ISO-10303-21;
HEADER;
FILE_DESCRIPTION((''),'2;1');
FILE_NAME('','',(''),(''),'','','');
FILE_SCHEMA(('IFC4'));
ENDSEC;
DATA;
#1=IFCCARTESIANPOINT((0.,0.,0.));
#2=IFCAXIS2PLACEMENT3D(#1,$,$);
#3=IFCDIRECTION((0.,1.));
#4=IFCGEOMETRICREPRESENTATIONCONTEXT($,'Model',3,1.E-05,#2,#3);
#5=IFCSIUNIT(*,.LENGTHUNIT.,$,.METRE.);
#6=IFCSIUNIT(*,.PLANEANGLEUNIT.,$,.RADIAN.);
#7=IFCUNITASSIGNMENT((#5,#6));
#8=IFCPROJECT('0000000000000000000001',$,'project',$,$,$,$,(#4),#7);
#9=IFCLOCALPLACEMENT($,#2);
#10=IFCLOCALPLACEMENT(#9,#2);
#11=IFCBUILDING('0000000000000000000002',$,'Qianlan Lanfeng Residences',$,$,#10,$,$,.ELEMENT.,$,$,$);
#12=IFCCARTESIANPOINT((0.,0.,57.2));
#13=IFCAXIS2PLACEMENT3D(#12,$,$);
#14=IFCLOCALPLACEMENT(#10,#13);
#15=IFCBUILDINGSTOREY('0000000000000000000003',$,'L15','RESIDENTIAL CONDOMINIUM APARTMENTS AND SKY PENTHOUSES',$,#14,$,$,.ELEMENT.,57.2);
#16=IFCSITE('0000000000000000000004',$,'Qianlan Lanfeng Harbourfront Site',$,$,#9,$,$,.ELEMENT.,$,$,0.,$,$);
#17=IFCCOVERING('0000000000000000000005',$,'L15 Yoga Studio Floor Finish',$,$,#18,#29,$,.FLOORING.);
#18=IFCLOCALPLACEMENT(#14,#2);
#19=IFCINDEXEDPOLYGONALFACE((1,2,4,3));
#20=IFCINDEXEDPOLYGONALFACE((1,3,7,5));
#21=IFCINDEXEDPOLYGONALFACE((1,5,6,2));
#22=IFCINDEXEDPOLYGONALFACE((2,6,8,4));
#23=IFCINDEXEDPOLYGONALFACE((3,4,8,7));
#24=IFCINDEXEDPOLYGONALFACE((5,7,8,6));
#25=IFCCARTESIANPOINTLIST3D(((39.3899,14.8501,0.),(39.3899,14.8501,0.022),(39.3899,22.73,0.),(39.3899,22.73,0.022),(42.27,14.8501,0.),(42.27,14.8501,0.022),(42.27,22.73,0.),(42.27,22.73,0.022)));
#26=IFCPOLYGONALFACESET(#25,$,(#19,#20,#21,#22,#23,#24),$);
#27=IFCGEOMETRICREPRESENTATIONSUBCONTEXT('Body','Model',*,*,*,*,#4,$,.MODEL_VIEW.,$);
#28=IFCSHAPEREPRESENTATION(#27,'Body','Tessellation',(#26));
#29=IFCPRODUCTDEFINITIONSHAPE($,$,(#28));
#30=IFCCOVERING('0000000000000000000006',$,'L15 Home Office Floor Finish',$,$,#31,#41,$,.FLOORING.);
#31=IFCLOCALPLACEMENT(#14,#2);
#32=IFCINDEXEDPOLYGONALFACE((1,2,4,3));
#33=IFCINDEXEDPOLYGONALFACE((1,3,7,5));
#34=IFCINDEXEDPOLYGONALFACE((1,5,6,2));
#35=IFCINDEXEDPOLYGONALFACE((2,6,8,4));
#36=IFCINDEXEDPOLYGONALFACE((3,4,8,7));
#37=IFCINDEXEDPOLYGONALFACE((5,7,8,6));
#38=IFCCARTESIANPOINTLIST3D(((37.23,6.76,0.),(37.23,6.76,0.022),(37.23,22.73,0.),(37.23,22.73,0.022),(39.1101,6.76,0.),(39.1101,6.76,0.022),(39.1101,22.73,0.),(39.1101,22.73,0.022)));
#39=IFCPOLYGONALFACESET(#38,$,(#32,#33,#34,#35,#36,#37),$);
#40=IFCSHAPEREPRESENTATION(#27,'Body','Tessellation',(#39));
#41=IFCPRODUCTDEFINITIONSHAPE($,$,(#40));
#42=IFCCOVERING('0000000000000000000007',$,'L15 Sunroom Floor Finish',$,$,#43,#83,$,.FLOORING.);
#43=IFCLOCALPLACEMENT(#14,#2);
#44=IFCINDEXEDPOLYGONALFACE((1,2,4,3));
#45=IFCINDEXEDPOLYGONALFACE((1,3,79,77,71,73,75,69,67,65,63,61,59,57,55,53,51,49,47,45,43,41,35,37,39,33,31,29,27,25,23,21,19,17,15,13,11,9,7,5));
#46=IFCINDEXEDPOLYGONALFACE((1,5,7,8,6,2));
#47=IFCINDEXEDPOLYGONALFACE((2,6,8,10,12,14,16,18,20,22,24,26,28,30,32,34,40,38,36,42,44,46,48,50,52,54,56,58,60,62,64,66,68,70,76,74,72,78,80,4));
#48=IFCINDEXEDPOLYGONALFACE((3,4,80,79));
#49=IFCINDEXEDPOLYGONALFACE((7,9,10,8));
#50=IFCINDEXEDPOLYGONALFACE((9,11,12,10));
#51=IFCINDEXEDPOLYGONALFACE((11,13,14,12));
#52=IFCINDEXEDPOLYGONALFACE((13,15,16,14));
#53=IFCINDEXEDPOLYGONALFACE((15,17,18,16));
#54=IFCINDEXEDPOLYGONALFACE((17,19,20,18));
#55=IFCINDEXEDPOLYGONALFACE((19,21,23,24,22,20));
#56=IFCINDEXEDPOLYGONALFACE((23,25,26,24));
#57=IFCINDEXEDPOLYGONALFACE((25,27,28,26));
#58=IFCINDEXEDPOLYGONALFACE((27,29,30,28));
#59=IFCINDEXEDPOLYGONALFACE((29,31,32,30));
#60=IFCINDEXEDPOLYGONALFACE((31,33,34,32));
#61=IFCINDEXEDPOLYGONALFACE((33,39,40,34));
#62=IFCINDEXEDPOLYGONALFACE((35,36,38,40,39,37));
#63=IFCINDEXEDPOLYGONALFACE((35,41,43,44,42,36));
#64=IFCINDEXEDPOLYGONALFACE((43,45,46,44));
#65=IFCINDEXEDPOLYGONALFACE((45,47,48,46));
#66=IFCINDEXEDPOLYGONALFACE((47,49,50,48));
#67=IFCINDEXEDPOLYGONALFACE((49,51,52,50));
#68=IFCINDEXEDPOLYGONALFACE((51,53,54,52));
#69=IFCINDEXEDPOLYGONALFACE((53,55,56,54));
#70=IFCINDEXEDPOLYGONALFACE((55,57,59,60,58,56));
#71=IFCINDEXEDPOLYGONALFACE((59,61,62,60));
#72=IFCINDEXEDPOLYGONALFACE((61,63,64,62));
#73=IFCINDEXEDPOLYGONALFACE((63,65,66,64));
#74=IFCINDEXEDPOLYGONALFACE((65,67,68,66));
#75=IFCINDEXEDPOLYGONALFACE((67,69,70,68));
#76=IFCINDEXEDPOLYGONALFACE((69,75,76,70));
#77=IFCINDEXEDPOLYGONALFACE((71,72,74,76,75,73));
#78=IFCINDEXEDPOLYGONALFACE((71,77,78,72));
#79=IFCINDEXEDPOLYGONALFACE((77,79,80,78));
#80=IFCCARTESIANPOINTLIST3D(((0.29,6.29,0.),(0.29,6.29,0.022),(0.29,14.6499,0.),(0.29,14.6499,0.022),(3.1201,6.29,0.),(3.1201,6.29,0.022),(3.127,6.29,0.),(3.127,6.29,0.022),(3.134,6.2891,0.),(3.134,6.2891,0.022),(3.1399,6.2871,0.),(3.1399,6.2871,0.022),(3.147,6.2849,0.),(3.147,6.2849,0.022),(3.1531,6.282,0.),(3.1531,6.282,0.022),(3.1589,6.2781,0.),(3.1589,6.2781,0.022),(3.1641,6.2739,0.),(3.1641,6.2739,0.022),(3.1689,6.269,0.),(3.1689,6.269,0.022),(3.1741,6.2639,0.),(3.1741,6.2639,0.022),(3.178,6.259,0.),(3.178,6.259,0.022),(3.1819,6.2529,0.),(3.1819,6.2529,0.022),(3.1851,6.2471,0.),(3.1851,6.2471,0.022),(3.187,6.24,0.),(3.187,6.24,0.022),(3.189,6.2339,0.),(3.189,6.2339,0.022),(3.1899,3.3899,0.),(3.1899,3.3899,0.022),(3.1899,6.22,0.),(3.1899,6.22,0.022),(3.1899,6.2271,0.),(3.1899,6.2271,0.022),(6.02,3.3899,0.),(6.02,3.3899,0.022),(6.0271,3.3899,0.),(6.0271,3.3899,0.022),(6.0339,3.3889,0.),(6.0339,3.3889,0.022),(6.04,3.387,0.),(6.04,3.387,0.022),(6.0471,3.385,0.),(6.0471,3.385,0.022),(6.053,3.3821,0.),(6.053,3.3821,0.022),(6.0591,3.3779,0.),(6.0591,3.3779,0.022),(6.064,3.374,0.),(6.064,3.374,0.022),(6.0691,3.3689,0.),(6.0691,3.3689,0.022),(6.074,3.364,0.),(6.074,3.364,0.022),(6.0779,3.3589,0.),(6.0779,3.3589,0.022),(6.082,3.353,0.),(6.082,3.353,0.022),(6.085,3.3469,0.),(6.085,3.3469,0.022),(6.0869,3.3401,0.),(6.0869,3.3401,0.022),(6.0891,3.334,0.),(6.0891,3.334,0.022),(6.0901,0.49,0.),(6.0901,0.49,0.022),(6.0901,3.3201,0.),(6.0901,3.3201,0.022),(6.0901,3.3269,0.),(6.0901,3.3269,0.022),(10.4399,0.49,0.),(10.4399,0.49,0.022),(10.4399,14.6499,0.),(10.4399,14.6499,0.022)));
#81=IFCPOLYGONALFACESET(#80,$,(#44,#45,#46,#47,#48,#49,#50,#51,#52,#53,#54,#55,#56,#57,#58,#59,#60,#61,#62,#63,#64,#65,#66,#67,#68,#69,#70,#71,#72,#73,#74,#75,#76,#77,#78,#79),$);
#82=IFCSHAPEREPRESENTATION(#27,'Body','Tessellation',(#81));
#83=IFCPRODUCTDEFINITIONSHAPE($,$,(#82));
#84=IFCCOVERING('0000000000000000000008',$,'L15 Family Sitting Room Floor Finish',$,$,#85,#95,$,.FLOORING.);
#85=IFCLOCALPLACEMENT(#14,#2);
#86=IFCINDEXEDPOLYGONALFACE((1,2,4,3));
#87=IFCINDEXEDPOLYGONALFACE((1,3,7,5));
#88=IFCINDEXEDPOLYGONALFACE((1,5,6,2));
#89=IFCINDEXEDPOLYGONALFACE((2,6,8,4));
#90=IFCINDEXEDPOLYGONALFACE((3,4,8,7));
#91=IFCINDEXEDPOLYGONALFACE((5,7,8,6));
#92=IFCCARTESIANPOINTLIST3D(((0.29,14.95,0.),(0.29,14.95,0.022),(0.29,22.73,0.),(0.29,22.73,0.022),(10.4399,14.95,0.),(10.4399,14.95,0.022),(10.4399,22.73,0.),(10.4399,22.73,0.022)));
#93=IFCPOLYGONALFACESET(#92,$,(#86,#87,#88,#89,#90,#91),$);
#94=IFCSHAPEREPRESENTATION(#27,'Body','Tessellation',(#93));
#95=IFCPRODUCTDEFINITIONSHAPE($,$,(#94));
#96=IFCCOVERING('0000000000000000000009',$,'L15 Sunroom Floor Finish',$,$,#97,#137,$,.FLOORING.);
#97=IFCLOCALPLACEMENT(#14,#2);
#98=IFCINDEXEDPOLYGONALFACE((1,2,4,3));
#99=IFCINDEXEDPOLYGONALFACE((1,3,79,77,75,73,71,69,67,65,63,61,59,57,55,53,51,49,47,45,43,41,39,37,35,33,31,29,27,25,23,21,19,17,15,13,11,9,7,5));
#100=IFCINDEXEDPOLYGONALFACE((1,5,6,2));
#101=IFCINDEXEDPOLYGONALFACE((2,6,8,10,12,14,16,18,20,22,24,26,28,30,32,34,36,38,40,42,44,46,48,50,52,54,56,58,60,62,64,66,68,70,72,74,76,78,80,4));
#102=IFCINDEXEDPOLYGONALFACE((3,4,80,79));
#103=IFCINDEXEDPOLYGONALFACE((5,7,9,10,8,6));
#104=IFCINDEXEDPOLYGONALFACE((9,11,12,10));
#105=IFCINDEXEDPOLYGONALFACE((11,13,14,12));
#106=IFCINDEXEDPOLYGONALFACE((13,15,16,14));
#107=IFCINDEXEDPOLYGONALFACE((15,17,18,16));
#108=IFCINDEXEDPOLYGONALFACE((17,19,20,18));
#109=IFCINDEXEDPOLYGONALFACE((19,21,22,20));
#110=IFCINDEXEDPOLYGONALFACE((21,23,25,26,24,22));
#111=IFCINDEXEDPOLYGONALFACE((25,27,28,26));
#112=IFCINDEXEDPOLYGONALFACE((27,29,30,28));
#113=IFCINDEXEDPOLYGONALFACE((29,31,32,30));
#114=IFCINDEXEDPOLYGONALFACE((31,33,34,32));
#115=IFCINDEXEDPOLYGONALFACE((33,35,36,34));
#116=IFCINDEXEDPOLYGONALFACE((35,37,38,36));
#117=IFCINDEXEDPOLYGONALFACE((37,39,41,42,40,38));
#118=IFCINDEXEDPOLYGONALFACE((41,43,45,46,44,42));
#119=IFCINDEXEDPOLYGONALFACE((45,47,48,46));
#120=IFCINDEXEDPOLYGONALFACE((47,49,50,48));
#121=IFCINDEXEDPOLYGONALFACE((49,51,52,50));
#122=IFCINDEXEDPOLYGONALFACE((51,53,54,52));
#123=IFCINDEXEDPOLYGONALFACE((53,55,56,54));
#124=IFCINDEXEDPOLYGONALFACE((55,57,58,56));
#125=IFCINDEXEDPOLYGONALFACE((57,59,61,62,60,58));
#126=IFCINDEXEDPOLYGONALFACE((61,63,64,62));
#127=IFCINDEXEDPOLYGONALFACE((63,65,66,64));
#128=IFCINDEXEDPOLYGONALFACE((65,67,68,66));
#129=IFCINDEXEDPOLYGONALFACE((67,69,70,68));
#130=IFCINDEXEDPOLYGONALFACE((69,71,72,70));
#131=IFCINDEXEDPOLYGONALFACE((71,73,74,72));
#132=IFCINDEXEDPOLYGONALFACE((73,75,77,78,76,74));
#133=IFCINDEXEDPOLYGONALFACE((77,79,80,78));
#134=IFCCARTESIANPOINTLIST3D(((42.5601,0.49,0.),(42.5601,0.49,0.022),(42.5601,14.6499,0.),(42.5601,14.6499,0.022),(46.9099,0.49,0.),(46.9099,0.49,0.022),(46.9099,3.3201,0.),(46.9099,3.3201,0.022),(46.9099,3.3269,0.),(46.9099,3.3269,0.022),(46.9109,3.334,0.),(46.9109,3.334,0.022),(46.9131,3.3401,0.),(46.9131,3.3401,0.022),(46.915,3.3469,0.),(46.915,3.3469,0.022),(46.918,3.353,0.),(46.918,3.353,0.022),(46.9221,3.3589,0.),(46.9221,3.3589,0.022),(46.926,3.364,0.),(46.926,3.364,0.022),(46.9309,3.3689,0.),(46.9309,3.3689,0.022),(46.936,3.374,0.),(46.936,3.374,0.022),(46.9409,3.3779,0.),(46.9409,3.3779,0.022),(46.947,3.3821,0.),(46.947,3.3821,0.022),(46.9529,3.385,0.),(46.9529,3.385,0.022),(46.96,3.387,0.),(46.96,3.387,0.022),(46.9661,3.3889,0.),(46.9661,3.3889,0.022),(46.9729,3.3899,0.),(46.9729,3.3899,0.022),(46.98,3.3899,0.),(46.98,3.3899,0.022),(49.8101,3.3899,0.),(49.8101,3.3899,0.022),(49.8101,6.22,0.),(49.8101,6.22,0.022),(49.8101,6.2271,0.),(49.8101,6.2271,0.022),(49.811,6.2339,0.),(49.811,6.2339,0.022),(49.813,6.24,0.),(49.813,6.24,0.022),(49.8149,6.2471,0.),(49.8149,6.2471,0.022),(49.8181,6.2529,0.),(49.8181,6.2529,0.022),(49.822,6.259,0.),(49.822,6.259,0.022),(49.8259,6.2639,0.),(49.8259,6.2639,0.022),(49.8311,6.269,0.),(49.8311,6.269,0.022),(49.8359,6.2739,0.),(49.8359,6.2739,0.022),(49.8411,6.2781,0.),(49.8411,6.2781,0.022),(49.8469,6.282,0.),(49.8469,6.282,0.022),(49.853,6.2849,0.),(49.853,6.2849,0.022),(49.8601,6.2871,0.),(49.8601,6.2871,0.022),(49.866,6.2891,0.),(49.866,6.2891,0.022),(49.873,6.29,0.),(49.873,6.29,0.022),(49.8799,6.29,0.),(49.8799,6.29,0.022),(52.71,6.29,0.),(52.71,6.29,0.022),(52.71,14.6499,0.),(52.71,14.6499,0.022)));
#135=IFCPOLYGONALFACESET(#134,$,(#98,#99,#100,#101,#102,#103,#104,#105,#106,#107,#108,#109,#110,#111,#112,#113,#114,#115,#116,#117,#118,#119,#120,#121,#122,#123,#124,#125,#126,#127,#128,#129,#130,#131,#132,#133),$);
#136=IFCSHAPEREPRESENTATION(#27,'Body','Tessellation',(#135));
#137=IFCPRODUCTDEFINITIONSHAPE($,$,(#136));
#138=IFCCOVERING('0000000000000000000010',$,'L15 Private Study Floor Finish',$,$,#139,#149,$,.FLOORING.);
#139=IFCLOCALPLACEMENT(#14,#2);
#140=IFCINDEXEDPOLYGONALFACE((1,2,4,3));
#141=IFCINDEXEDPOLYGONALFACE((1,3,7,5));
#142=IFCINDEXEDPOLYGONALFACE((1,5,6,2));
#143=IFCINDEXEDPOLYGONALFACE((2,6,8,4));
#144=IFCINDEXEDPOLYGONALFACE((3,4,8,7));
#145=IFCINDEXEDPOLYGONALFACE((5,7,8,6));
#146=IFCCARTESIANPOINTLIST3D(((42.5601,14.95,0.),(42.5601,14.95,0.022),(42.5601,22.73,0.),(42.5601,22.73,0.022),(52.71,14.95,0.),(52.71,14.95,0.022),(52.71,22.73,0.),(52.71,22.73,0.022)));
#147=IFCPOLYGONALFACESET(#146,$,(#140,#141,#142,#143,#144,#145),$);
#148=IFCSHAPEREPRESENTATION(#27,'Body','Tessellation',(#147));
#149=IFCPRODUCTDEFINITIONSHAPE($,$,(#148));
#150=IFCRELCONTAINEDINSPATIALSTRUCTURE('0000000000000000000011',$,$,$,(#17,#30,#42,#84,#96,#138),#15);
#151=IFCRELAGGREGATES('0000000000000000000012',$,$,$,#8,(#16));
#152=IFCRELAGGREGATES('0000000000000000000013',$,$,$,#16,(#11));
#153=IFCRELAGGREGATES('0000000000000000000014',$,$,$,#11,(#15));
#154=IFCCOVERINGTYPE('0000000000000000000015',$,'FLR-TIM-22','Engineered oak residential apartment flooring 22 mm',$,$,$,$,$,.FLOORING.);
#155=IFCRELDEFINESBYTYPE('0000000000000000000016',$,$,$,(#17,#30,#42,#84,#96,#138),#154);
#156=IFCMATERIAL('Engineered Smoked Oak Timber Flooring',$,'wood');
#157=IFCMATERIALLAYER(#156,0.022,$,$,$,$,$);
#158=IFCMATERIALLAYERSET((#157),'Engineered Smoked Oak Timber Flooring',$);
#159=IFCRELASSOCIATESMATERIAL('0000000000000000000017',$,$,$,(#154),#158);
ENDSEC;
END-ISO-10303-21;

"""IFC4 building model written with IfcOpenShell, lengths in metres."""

from ifc_helpers import new_model, si_unit, direction, frame, origin, place, context, subcontext, project, spatial, polyline, outline, extrude, material, layer, layer_set, type_object, element, save


model = new_model("IFC4")

# Units and contexts
model_context = context("Model", 3, precision=1e-05, world=origin(), true_north=direction((0.0, 1.0)))
body_context = subcontext(model_context, "Body", "Model", "MODEL_VIEW")
ifc_project = project(units=[si_unit("LENGTHUNIT", "METRE"), si_unit("PLANEANGLEUNIT", "RADIAN")], contexts=[model_context])

# Site, building, storey
site_placement = place(None, origin())
site = spatial("IfcSite", under=ifc_project, at=site_placement, Name="Qianlan Lanfeng Harbourfront Site", CompositionType="ELEMENT", RefElevation=0.0)
building_placement = place(site_placement, origin())
building = spatial("IfcBuilding", under=site, at=building_placement, Name="Qianlan Lanfeng Residences", CompositionType="ELEMENT")
storey_placement = place(building_placement, frame((0.0, 0.0, 57.2)))
storey = spatial("IfcBuildingStorey", under=building, at=storey_placement, Name="L15", Description="RESIDENTIAL CONDOMINIUM APARTMENTS AND SKY PENTHOUSES", CompositionType="ELEMENT", Elevation=57.2)

# Coverings
ifc_material_1 = material(Name="Engineered Smoked Oak Timber Flooring", Category="wood")
ifc_layer = layer(ifc_material_1, 0.022)
ifc_layer_set = layer_set([ifc_layer], Name="Engineered Smoked Oak Timber Flooring")
covering_type = type_object("IfcCoveringType", Name="FLR-TIM-22", Description="Engineered oak residential apartment flooring 22 mm", PredefinedType="FLOORING", material=ifc_layer_set)
covering_1_placement = place(storey_placement, origin())
element("IfcCovering", 1, at=covering_1_placement, inside=storey, type_object=covering_type, Name="L15 Yoga Studio Floor Finish", PredefinedType="FLOORING", context=body_context, shape_type="SweptSolid", body=[
    extrude(outline(polyline([(39.3899, 14.8501), (42.27, 14.8501), (42.27, 22.73), (39.3899, 22.73), (39.3899, 14.8501)])), origin(), (0.0, 0.0, 1.0), 0.022),
])
covering_2_placement = place(storey_placement, origin())
element("IfcCovering", 2, at=covering_2_placement, inside=storey, type_object=covering_type, Name="L15 Home Office Floor Finish", PredefinedType="FLOORING", context=body_context, shape_type="SweptSolid", body=[
    extrude(outline(polyline([(37.23, 6.76), (39.1101, 6.76), (39.1101, 22.73), (37.23, 22.73), (37.23, 6.76)])), origin(), (0.0, 0.0, 1.0), 0.022),
])
covering_3_placement = place(storey_placement, origin())
element("IfcCovering", 3, at=covering_3_placement, inside=storey, type_object=covering_type, Name="L15 Sunroom Floor Finish", PredefinedType="FLOORING", context=body_context, shape_type="SweptSolid", body=[
    extrude(outline(polyline([(10.4399, 14.6499), (0.29, 14.6499), (0.29, 6.29), (3.1201, 6.29), (3.127, 6.29), (3.134, 6.2891), (3.1399, 6.2871), (3.147, 6.2849), (3.1531, 6.282), (3.1589, 6.2781), (3.1641, 6.2739), (3.1689, 6.269), (3.1741, 6.2639), (3.178, 6.259), (3.1819, 6.2529), (3.1851, 6.2471), (3.187, 6.24), (3.189, 6.2339), (3.1899, 6.2271), (3.1899, 6.22), (3.1899, 3.3899), (6.02, 3.3899), (6.0271, 3.3899), (6.0339, 3.3889), (6.04, 3.387), (6.0471, 3.385), (6.053, 3.3821), (6.0591, 3.3779), (6.064, 3.374), (6.0691, 3.3689), (6.074, 3.364), (6.0779, 3.3589), (6.082, 3.353), (6.085, 3.3469), (6.0869, 3.3401), (6.0891, 3.334), (6.0901, 3.3269), (6.0901, 3.3201), (6.0901, 0.49), (10.4399, 0.49), (10.4399, 14.6499)])), origin(), (0.0, 0.0, 1.0), 0.022),
])
covering_4_placement = place(storey_placement, origin())
element("IfcCovering", 4, at=covering_4_placement, inside=storey, type_object=covering_type, Name="L15 Family Sitting Room Floor Finish", PredefinedType="FLOORING", context=body_context, shape_type="SweptSolid", body=[
    extrude(outline(polyline([(10.4399, 22.73), (0.29, 22.73), (0.29, 14.95), (10.4399, 14.95), (10.4399, 22.73)])), origin(), (0.0, 0.0, 1.0), 0.022),
])
covering_5_placement = place(storey_placement, origin())
element("IfcCovering", 5, at=covering_5_placement, inside=storey, type_object=covering_type, Name="L15 Sunroom Floor Finish", PredefinedType="FLOORING", context=body_context, shape_type="SweptSolid", body=[
    extrude(outline(polyline([(52.71, 14.6499), (42.5601, 14.6499), (42.5601, 0.49), (46.9099, 0.49), (46.9099, 3.3201), (46.9099, 3.3269), (46.9109, 3.334), (46.9131, 3.3401), (46.915, 3.3469), (46.918, 3.353), (46.9221, 3.3589), (46.926, 3.364), (46.9309, 3.3689), (46.936, 3.374), (46.9409, 3.3779), (46.947, 3.3821), (46.9529, 3.385), (46.96, 3.387), (46.9661, 3.3889), (46.9729, 3.3899), (46.98, 3.3899), (49.8101, 3.3899), (49.8101, 6.22), (49.8101, 6.2271), (49.811, 6.2339), (49.813, 6.24), (49.8149, 6.2471), (49.8181, 6.2529), (49.822, 6.259), (49.8259, 6.2639), (49.8311, 6.269), (49.8359, 6.2739), (49.8411, 6.2781), (49.8469, 6.282), (49.853, 6.2849), (49.8601, 6.2871), (49.866, 6.2891), (49.873, 6.29), (49.8799, 6.29), (52.71, 6.29), (52.71, 14.6499)])), origin(), (0.0, 0.0, 1.0), 0.022),
])
covering_6_placement = place(storey_placement, origin())
element("IfcCovering", 6, at=covering_6_placement, inside=storey, type_object=covering_type, Name="L15 Private Study Floor Finish", PredefinedType="FLOORING", context=body_context, shape_type="SweptSolid", body=[
    extrude(outline(polyline([(52.71, 22.73), (42.5601, 22.73), (42.5601, 14.95), (52.71, 14.95), (52.71, 22.73)])), origin(), (0.0, 0.0, 1.0), 0.022),
])

save(model, "model.ifc")
